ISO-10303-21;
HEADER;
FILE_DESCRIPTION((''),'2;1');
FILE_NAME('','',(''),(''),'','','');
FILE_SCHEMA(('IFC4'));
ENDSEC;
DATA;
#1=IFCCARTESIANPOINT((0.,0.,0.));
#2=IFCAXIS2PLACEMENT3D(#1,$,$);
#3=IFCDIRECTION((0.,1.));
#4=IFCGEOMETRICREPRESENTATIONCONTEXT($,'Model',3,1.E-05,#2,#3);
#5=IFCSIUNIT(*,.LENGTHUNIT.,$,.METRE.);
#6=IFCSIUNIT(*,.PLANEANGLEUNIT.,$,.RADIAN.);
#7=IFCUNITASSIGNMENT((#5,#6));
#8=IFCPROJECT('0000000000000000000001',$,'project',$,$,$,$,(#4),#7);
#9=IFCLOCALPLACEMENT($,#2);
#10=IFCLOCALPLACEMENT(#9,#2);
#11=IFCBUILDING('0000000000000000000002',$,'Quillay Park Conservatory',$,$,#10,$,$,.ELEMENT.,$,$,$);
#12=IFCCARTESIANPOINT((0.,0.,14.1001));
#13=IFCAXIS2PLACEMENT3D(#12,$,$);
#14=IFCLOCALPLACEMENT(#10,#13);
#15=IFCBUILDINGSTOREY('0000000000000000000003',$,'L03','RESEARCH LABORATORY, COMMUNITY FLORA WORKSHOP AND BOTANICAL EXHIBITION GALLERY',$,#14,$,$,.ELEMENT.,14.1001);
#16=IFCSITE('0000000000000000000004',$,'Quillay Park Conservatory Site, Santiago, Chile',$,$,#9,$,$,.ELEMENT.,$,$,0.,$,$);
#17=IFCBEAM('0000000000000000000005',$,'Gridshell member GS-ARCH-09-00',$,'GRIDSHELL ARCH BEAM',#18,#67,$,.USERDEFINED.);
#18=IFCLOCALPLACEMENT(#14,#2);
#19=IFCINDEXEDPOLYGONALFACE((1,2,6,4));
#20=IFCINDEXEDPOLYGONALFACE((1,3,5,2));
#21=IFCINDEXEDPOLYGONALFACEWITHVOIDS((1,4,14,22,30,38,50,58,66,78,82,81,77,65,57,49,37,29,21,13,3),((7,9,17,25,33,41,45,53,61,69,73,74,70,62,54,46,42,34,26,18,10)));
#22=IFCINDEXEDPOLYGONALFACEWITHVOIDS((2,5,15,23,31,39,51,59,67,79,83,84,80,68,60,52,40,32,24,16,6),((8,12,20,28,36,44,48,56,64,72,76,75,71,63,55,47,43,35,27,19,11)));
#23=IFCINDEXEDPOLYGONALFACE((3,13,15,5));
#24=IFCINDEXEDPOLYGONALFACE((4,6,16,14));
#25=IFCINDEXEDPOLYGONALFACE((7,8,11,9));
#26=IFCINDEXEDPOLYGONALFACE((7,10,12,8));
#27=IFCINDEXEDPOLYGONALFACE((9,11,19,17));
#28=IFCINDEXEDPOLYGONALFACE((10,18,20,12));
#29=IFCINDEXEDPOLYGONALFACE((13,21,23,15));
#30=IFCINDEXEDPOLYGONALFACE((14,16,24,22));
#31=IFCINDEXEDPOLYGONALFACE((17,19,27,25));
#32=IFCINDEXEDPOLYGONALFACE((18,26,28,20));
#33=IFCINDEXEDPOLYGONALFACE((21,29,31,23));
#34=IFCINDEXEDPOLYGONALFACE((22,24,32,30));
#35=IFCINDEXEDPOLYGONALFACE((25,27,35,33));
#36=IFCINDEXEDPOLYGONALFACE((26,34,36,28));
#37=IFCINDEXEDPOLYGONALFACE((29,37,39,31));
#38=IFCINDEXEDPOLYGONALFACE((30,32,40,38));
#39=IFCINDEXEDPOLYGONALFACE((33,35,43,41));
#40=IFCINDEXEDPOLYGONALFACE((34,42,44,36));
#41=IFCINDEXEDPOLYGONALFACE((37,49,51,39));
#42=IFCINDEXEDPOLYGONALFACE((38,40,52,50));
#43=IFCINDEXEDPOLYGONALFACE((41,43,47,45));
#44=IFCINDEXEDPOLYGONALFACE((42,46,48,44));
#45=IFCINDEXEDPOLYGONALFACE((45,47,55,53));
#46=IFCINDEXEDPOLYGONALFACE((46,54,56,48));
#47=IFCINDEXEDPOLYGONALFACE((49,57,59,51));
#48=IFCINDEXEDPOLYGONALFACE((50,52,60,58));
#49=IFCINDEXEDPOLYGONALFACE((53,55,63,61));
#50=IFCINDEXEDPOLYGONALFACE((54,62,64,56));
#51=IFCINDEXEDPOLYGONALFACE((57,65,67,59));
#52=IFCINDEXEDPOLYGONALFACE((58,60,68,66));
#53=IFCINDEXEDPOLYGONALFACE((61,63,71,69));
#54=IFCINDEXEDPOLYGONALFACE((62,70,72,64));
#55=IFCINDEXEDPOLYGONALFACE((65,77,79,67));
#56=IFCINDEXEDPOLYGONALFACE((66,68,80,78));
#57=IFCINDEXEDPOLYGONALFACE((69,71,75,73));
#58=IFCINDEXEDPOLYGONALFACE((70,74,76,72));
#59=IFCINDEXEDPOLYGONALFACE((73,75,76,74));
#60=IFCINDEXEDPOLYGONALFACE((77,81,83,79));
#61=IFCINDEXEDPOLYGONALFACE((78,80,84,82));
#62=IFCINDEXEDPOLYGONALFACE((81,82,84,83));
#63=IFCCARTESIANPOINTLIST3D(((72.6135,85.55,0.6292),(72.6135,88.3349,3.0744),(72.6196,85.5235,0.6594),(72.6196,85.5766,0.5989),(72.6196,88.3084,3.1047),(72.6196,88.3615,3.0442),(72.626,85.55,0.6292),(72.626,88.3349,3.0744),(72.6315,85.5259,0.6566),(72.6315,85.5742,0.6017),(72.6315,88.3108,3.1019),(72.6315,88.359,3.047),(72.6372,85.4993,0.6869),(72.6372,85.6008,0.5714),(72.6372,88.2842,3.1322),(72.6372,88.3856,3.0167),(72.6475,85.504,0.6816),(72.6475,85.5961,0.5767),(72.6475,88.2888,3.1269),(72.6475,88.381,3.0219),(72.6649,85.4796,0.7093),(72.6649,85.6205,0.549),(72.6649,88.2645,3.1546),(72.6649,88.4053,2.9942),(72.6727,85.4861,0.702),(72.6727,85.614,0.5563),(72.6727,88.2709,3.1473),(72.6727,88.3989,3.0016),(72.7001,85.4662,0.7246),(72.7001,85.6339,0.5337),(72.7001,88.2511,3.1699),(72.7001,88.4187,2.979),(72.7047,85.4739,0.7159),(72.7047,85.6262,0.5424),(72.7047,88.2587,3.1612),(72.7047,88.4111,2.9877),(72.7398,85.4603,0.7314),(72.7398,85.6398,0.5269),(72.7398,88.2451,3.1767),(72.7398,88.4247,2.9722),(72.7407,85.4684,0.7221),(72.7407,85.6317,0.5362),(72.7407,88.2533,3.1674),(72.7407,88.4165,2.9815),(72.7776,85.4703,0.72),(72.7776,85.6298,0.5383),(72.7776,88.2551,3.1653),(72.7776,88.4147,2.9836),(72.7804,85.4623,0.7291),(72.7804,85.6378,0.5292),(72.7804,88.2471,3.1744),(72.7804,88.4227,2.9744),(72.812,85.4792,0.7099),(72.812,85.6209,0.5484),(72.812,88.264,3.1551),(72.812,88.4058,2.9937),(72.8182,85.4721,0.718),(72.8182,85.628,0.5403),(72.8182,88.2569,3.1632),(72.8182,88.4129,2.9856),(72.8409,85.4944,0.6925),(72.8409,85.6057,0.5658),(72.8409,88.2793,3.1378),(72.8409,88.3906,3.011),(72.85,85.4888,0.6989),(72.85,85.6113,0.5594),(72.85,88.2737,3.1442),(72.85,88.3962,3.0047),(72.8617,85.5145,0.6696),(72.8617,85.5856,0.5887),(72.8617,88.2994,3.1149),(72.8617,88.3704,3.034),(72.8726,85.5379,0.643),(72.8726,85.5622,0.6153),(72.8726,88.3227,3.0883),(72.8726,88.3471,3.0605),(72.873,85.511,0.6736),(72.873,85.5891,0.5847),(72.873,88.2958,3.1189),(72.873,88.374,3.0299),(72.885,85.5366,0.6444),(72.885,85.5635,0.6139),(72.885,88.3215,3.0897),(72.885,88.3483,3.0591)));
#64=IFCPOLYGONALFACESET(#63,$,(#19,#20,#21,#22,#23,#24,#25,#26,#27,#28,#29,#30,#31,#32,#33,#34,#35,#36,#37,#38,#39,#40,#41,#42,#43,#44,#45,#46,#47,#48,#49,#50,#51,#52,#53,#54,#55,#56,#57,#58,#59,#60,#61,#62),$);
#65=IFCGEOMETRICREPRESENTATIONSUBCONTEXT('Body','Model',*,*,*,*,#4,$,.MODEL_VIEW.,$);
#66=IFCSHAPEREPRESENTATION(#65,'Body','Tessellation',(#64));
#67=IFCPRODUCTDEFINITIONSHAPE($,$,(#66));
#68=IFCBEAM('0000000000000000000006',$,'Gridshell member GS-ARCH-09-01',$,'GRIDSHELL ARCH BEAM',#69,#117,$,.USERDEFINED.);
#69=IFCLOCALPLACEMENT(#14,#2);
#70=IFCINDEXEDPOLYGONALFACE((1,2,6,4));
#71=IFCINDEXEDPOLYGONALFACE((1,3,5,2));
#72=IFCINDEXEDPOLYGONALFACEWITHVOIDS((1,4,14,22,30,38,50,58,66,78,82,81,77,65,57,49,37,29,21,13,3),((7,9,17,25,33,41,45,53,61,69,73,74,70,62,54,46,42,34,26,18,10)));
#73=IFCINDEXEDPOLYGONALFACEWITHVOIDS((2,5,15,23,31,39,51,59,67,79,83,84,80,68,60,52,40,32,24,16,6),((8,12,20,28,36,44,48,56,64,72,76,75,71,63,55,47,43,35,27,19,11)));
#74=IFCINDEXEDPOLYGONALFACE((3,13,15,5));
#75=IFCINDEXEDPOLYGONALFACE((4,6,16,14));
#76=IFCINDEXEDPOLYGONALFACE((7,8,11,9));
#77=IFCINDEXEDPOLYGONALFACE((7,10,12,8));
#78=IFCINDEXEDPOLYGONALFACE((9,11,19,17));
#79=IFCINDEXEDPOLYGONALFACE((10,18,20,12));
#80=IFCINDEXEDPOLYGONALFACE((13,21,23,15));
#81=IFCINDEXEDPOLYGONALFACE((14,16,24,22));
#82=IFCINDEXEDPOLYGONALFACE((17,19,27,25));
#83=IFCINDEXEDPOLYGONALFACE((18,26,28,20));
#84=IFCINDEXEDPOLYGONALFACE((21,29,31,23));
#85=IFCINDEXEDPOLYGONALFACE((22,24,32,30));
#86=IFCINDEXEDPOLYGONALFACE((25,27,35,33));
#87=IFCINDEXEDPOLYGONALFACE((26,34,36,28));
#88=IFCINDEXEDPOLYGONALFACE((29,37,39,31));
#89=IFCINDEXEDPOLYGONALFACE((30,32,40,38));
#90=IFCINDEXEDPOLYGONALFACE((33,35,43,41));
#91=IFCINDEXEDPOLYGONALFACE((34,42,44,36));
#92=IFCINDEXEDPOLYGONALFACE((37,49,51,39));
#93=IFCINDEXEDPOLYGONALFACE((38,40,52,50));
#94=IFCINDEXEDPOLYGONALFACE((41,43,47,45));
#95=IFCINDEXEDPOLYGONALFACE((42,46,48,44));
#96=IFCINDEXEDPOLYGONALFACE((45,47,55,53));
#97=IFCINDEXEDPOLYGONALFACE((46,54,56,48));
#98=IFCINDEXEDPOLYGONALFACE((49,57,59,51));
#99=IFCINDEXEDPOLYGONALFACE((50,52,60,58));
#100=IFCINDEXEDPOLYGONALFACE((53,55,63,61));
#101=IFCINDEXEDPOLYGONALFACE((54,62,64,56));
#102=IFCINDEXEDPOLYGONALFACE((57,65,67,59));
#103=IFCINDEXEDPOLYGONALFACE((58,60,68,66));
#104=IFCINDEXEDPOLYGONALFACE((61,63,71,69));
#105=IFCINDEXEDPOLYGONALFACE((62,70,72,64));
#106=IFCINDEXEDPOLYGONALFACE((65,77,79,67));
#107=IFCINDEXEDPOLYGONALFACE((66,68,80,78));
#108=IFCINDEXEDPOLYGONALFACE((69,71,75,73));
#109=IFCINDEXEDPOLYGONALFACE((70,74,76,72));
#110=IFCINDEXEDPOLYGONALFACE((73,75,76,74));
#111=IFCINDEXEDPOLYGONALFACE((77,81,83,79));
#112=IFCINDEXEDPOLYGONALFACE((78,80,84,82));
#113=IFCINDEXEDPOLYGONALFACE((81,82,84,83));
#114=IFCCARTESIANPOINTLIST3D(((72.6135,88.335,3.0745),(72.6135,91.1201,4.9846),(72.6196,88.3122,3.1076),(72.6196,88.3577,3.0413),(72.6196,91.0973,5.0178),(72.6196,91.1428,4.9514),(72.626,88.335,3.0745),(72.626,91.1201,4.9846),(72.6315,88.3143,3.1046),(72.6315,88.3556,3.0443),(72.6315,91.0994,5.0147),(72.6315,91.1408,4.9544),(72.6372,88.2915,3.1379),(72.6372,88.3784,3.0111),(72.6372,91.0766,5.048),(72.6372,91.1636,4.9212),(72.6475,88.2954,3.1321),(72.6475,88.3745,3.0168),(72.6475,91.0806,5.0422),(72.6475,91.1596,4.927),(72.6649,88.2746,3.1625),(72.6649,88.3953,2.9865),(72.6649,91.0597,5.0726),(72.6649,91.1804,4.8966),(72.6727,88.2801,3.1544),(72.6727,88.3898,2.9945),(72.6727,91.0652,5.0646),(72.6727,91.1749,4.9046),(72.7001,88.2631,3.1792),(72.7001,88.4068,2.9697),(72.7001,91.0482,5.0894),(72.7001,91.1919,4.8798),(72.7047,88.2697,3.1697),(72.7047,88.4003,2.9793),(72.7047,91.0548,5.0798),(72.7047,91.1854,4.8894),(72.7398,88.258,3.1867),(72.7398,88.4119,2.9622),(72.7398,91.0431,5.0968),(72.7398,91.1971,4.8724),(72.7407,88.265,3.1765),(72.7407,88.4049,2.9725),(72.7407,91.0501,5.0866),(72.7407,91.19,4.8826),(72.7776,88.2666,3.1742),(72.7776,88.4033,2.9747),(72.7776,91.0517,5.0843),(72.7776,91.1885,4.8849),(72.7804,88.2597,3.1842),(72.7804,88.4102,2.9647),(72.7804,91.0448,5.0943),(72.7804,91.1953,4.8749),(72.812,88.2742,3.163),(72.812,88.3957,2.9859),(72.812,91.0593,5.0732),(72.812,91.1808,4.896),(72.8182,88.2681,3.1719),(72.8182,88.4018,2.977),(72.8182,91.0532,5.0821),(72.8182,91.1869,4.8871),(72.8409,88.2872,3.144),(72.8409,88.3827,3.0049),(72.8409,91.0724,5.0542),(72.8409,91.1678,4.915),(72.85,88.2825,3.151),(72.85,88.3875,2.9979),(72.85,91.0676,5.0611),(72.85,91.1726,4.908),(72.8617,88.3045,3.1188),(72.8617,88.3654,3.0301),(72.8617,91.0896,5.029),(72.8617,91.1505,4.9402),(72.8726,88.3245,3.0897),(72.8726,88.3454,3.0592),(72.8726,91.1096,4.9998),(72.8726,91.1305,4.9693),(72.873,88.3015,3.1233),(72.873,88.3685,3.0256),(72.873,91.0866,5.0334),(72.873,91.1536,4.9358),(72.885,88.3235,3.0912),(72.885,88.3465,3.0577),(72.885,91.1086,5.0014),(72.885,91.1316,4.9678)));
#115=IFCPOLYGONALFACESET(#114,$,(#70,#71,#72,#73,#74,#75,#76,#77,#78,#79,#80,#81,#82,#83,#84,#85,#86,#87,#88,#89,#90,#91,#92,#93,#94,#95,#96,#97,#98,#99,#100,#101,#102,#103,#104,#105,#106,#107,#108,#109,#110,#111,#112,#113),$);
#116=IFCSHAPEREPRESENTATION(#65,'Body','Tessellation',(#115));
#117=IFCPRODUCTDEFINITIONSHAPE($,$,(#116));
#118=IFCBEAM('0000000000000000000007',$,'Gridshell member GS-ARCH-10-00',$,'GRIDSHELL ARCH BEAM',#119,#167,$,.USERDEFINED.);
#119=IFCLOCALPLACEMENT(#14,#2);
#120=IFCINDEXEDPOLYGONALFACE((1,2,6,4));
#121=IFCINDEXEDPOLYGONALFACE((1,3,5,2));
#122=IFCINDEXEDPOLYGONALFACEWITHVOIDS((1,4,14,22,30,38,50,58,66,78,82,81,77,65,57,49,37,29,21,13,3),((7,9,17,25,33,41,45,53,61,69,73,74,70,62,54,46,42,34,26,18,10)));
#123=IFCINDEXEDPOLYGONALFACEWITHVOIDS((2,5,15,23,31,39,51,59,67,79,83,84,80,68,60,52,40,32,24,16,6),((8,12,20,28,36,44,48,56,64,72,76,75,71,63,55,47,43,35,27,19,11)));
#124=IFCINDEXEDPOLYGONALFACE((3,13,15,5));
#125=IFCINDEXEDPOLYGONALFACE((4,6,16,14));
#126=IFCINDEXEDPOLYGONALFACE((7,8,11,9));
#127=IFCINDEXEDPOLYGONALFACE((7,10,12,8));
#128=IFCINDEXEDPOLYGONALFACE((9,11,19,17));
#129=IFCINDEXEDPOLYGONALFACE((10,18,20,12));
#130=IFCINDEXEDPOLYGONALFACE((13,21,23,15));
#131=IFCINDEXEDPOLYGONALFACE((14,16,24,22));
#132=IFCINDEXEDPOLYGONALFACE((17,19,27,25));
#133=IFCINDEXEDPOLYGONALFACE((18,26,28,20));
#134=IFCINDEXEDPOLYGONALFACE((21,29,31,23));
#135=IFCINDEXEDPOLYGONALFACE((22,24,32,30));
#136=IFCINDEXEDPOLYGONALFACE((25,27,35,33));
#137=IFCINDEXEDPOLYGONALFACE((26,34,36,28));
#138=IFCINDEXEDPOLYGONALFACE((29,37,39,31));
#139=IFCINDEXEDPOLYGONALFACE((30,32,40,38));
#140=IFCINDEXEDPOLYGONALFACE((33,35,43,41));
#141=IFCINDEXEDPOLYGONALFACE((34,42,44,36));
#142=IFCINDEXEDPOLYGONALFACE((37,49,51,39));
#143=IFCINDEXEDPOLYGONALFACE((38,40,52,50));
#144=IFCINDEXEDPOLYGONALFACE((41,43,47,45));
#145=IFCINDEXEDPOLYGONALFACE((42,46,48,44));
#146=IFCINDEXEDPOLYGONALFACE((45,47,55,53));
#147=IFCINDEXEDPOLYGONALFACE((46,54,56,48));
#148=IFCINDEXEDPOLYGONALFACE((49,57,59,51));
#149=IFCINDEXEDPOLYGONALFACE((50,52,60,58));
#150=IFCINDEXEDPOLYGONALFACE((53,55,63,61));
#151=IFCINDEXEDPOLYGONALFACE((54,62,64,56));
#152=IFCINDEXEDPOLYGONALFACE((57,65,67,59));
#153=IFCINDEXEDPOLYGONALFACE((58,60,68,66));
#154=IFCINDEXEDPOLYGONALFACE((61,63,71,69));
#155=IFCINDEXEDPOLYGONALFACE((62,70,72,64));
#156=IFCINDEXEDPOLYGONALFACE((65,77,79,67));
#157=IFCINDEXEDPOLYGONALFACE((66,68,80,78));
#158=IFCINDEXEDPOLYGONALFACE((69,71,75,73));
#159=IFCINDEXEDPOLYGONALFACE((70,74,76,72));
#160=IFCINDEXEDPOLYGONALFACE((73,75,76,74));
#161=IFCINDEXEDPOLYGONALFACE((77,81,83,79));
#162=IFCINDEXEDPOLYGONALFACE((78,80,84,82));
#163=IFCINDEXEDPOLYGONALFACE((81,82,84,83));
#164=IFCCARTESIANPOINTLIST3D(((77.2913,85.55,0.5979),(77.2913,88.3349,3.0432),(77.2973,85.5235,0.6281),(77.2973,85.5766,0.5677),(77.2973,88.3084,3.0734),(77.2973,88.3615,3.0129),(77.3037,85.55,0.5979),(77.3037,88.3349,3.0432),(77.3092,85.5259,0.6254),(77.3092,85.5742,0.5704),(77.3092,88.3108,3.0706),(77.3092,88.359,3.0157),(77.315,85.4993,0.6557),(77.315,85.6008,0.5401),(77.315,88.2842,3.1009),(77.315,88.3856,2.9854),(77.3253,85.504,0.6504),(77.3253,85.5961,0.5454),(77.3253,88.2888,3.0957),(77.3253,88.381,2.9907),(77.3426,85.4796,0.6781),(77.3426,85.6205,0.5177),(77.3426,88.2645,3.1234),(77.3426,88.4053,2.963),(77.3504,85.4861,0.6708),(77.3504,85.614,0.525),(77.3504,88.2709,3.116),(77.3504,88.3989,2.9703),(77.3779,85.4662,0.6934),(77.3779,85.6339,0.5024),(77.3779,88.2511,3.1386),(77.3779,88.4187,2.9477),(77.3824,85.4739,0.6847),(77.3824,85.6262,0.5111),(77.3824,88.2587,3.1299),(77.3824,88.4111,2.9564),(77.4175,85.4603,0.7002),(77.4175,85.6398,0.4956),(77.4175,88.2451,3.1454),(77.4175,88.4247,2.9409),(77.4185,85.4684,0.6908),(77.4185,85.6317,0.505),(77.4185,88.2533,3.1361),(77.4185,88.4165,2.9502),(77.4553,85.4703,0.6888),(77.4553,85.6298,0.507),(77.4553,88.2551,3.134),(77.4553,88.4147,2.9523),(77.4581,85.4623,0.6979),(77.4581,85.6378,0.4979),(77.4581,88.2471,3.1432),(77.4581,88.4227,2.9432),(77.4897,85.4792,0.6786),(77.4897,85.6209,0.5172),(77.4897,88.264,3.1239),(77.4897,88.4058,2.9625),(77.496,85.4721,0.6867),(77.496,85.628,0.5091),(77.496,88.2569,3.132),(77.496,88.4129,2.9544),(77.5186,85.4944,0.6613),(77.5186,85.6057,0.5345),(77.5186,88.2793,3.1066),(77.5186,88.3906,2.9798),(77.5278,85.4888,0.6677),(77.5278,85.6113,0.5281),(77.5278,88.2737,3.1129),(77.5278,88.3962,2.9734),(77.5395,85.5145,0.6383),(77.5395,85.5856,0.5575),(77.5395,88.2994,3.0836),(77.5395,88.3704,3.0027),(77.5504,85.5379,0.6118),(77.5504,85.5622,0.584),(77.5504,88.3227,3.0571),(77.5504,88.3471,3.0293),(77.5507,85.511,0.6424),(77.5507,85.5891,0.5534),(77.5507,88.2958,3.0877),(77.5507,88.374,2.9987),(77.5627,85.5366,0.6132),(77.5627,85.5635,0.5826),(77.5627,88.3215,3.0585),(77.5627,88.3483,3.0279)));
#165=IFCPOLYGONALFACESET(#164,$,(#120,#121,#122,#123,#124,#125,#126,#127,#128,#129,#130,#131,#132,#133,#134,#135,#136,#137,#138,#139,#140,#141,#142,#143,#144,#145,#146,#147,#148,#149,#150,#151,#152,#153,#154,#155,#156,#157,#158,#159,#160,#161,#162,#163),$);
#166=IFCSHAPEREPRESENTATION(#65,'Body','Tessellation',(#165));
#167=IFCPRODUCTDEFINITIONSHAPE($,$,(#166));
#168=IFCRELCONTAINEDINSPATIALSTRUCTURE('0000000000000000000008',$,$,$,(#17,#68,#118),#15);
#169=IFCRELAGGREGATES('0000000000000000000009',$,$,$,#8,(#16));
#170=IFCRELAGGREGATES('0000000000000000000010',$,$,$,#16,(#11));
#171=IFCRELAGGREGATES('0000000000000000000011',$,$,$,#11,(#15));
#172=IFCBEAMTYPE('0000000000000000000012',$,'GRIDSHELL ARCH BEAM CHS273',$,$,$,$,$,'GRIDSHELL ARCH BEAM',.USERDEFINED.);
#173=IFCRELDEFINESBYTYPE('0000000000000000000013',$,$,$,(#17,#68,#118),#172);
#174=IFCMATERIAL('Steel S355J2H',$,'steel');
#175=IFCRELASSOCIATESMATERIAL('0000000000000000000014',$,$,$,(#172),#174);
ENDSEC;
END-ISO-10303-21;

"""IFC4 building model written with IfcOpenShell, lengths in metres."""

from ifc_helpers import new_model, si_unit, direction, frame, origin, origin_2d, place, context, subcontext, project, spatial, hollow_circle, extrude, material, material_profile, profile_set, type_object, element, save


model = new_model("IFC4")

# Units and contexts
model_context = context("Model", 3, precision=1e-05, world=origin(), true_north=direction((0.0, 1.0)))
body_context = subcontext(model_context, "Body", "Model", "MODEL_VIEW")
ifc_project = project(units=[si_unit("LENGTHUNIT", "METRE"), si_unit("PLANEANGLEUNIT", "RADIAN")], contexts=[model_context])

# Site, building, storey
site_placement = place(None, origin())
site = spatial("IfcSite", under=ifc_project, at=site_placement, Name="Quillay Park Conservatory Site, Santiago, Chile", CompositionType="ELEMENT", RefElevation=0.0)
building_placement = place(site_placement, origin())
building = spatial("IfcBuilding", under=site, at=building_placement, Name="Quillay Park Conservatory", CompositionType="ELEMENT")
storey_placement = place(building_placement, frame((0.0, 0.0, 14.1001)))
storey = spatial("IfcBuildingStorey", under=building, at=storey_placement, Name="L03", Description="RESEARCH LABORATORY, COMMUNITY FLORA WORKSHOP AND BOTANICAL EXHIBITION GALLERY", CompositionType="ELEMENT", Elevation=14.1001)

# Beams
ifc_material_1 = material(Name="Steel S355J2H", Category="steel")
ifc_material_profile_1 = material_profile(ifc_material_1, hollow_circle(Radius=0.1365, WallThickness=0.0125, at=origin_2d()), Name="CHS273x12.5")
ifc_profile_set_1 = profile_set([ifc_material_profile_1], Name="Steel S355J2H")
beam_type = type_object("IfcBeamType", Name="GRIDSHELL ARCH BEAM CHS273", ElementType="GRIDSHELL ARCH BEAM", PredefinedType="USERDEFINED", material=ifc_profile_set_1)
beam_1_placement = place(storey_placement, frame((72.75, 85.55, 0.6292), z_axis=(0.0, 0.751437, 0.659805), x_axis=(-1.0, 0.0, 0.0)))
element("IfcBeam", 1, at=beam_1_placement, inside=storey, type_object=beam_type, Name="Gridshell member GS-ARCH-09-00", ObjectType="GRIDSHELL ARCH BEAM", PredefinedType="USERDEFINED", context=body_context, shape_type="SweptSolid", body=[
    extrude(hollow_circle(Radius=0.1365, WallThickness=0.0125, at=origin_2d()), origin(), (0.0, 0.0, 1.0), 3.7061),
])
beam_2_placement = place(storey_placement, frame((72.75, 88.335, 3.0745), z_axis=(0.0, 0.824683, 0.565596), x_axis=(-1.0, 0.0, 0.0)))
element("IfcBeam", 2, at=beam_2_placement, inside=storey, type_object=beam_type, Name="Gridshell member GS-ARCH-09-01", ObjectType="GRIDSHELL ARCH BEAM", PredefinedType="USERDEFINED", context=body_context, shape_type="SweptSolid", body=[
    extrude(hollow_circle(Radius=0.1365, WallThickness=0.0125, at=origin_2d()), origin(), (0.0, 0.0, 1.0), 3.3772),
])
beam_3_placement = place(storey_placement, frame((77.4277, 85.55, 0.5979), z_axis=(0.0, 0.751437, 0.659805), x_axis=(-1.0, 0.0, 0.0)))
element("IfcBeam", 3, at=beam_3_placement, inside=storey, type_object=beam_type, Name="Gridshell member GS-ARCH-10-00", ObjectType="GRIDSHELL ARCH BEAM", PredefinedType="USERDEFINED", context=body_context, shape_type="SweptSolid", body=[
    extrude(hollow_circle(Radius=0.1365, WallThickness=0.0125, at=origin_2d()), origin(), (0.0, 0.0, 1.0), 3.7061),
])

save(model, "model.ifc")
